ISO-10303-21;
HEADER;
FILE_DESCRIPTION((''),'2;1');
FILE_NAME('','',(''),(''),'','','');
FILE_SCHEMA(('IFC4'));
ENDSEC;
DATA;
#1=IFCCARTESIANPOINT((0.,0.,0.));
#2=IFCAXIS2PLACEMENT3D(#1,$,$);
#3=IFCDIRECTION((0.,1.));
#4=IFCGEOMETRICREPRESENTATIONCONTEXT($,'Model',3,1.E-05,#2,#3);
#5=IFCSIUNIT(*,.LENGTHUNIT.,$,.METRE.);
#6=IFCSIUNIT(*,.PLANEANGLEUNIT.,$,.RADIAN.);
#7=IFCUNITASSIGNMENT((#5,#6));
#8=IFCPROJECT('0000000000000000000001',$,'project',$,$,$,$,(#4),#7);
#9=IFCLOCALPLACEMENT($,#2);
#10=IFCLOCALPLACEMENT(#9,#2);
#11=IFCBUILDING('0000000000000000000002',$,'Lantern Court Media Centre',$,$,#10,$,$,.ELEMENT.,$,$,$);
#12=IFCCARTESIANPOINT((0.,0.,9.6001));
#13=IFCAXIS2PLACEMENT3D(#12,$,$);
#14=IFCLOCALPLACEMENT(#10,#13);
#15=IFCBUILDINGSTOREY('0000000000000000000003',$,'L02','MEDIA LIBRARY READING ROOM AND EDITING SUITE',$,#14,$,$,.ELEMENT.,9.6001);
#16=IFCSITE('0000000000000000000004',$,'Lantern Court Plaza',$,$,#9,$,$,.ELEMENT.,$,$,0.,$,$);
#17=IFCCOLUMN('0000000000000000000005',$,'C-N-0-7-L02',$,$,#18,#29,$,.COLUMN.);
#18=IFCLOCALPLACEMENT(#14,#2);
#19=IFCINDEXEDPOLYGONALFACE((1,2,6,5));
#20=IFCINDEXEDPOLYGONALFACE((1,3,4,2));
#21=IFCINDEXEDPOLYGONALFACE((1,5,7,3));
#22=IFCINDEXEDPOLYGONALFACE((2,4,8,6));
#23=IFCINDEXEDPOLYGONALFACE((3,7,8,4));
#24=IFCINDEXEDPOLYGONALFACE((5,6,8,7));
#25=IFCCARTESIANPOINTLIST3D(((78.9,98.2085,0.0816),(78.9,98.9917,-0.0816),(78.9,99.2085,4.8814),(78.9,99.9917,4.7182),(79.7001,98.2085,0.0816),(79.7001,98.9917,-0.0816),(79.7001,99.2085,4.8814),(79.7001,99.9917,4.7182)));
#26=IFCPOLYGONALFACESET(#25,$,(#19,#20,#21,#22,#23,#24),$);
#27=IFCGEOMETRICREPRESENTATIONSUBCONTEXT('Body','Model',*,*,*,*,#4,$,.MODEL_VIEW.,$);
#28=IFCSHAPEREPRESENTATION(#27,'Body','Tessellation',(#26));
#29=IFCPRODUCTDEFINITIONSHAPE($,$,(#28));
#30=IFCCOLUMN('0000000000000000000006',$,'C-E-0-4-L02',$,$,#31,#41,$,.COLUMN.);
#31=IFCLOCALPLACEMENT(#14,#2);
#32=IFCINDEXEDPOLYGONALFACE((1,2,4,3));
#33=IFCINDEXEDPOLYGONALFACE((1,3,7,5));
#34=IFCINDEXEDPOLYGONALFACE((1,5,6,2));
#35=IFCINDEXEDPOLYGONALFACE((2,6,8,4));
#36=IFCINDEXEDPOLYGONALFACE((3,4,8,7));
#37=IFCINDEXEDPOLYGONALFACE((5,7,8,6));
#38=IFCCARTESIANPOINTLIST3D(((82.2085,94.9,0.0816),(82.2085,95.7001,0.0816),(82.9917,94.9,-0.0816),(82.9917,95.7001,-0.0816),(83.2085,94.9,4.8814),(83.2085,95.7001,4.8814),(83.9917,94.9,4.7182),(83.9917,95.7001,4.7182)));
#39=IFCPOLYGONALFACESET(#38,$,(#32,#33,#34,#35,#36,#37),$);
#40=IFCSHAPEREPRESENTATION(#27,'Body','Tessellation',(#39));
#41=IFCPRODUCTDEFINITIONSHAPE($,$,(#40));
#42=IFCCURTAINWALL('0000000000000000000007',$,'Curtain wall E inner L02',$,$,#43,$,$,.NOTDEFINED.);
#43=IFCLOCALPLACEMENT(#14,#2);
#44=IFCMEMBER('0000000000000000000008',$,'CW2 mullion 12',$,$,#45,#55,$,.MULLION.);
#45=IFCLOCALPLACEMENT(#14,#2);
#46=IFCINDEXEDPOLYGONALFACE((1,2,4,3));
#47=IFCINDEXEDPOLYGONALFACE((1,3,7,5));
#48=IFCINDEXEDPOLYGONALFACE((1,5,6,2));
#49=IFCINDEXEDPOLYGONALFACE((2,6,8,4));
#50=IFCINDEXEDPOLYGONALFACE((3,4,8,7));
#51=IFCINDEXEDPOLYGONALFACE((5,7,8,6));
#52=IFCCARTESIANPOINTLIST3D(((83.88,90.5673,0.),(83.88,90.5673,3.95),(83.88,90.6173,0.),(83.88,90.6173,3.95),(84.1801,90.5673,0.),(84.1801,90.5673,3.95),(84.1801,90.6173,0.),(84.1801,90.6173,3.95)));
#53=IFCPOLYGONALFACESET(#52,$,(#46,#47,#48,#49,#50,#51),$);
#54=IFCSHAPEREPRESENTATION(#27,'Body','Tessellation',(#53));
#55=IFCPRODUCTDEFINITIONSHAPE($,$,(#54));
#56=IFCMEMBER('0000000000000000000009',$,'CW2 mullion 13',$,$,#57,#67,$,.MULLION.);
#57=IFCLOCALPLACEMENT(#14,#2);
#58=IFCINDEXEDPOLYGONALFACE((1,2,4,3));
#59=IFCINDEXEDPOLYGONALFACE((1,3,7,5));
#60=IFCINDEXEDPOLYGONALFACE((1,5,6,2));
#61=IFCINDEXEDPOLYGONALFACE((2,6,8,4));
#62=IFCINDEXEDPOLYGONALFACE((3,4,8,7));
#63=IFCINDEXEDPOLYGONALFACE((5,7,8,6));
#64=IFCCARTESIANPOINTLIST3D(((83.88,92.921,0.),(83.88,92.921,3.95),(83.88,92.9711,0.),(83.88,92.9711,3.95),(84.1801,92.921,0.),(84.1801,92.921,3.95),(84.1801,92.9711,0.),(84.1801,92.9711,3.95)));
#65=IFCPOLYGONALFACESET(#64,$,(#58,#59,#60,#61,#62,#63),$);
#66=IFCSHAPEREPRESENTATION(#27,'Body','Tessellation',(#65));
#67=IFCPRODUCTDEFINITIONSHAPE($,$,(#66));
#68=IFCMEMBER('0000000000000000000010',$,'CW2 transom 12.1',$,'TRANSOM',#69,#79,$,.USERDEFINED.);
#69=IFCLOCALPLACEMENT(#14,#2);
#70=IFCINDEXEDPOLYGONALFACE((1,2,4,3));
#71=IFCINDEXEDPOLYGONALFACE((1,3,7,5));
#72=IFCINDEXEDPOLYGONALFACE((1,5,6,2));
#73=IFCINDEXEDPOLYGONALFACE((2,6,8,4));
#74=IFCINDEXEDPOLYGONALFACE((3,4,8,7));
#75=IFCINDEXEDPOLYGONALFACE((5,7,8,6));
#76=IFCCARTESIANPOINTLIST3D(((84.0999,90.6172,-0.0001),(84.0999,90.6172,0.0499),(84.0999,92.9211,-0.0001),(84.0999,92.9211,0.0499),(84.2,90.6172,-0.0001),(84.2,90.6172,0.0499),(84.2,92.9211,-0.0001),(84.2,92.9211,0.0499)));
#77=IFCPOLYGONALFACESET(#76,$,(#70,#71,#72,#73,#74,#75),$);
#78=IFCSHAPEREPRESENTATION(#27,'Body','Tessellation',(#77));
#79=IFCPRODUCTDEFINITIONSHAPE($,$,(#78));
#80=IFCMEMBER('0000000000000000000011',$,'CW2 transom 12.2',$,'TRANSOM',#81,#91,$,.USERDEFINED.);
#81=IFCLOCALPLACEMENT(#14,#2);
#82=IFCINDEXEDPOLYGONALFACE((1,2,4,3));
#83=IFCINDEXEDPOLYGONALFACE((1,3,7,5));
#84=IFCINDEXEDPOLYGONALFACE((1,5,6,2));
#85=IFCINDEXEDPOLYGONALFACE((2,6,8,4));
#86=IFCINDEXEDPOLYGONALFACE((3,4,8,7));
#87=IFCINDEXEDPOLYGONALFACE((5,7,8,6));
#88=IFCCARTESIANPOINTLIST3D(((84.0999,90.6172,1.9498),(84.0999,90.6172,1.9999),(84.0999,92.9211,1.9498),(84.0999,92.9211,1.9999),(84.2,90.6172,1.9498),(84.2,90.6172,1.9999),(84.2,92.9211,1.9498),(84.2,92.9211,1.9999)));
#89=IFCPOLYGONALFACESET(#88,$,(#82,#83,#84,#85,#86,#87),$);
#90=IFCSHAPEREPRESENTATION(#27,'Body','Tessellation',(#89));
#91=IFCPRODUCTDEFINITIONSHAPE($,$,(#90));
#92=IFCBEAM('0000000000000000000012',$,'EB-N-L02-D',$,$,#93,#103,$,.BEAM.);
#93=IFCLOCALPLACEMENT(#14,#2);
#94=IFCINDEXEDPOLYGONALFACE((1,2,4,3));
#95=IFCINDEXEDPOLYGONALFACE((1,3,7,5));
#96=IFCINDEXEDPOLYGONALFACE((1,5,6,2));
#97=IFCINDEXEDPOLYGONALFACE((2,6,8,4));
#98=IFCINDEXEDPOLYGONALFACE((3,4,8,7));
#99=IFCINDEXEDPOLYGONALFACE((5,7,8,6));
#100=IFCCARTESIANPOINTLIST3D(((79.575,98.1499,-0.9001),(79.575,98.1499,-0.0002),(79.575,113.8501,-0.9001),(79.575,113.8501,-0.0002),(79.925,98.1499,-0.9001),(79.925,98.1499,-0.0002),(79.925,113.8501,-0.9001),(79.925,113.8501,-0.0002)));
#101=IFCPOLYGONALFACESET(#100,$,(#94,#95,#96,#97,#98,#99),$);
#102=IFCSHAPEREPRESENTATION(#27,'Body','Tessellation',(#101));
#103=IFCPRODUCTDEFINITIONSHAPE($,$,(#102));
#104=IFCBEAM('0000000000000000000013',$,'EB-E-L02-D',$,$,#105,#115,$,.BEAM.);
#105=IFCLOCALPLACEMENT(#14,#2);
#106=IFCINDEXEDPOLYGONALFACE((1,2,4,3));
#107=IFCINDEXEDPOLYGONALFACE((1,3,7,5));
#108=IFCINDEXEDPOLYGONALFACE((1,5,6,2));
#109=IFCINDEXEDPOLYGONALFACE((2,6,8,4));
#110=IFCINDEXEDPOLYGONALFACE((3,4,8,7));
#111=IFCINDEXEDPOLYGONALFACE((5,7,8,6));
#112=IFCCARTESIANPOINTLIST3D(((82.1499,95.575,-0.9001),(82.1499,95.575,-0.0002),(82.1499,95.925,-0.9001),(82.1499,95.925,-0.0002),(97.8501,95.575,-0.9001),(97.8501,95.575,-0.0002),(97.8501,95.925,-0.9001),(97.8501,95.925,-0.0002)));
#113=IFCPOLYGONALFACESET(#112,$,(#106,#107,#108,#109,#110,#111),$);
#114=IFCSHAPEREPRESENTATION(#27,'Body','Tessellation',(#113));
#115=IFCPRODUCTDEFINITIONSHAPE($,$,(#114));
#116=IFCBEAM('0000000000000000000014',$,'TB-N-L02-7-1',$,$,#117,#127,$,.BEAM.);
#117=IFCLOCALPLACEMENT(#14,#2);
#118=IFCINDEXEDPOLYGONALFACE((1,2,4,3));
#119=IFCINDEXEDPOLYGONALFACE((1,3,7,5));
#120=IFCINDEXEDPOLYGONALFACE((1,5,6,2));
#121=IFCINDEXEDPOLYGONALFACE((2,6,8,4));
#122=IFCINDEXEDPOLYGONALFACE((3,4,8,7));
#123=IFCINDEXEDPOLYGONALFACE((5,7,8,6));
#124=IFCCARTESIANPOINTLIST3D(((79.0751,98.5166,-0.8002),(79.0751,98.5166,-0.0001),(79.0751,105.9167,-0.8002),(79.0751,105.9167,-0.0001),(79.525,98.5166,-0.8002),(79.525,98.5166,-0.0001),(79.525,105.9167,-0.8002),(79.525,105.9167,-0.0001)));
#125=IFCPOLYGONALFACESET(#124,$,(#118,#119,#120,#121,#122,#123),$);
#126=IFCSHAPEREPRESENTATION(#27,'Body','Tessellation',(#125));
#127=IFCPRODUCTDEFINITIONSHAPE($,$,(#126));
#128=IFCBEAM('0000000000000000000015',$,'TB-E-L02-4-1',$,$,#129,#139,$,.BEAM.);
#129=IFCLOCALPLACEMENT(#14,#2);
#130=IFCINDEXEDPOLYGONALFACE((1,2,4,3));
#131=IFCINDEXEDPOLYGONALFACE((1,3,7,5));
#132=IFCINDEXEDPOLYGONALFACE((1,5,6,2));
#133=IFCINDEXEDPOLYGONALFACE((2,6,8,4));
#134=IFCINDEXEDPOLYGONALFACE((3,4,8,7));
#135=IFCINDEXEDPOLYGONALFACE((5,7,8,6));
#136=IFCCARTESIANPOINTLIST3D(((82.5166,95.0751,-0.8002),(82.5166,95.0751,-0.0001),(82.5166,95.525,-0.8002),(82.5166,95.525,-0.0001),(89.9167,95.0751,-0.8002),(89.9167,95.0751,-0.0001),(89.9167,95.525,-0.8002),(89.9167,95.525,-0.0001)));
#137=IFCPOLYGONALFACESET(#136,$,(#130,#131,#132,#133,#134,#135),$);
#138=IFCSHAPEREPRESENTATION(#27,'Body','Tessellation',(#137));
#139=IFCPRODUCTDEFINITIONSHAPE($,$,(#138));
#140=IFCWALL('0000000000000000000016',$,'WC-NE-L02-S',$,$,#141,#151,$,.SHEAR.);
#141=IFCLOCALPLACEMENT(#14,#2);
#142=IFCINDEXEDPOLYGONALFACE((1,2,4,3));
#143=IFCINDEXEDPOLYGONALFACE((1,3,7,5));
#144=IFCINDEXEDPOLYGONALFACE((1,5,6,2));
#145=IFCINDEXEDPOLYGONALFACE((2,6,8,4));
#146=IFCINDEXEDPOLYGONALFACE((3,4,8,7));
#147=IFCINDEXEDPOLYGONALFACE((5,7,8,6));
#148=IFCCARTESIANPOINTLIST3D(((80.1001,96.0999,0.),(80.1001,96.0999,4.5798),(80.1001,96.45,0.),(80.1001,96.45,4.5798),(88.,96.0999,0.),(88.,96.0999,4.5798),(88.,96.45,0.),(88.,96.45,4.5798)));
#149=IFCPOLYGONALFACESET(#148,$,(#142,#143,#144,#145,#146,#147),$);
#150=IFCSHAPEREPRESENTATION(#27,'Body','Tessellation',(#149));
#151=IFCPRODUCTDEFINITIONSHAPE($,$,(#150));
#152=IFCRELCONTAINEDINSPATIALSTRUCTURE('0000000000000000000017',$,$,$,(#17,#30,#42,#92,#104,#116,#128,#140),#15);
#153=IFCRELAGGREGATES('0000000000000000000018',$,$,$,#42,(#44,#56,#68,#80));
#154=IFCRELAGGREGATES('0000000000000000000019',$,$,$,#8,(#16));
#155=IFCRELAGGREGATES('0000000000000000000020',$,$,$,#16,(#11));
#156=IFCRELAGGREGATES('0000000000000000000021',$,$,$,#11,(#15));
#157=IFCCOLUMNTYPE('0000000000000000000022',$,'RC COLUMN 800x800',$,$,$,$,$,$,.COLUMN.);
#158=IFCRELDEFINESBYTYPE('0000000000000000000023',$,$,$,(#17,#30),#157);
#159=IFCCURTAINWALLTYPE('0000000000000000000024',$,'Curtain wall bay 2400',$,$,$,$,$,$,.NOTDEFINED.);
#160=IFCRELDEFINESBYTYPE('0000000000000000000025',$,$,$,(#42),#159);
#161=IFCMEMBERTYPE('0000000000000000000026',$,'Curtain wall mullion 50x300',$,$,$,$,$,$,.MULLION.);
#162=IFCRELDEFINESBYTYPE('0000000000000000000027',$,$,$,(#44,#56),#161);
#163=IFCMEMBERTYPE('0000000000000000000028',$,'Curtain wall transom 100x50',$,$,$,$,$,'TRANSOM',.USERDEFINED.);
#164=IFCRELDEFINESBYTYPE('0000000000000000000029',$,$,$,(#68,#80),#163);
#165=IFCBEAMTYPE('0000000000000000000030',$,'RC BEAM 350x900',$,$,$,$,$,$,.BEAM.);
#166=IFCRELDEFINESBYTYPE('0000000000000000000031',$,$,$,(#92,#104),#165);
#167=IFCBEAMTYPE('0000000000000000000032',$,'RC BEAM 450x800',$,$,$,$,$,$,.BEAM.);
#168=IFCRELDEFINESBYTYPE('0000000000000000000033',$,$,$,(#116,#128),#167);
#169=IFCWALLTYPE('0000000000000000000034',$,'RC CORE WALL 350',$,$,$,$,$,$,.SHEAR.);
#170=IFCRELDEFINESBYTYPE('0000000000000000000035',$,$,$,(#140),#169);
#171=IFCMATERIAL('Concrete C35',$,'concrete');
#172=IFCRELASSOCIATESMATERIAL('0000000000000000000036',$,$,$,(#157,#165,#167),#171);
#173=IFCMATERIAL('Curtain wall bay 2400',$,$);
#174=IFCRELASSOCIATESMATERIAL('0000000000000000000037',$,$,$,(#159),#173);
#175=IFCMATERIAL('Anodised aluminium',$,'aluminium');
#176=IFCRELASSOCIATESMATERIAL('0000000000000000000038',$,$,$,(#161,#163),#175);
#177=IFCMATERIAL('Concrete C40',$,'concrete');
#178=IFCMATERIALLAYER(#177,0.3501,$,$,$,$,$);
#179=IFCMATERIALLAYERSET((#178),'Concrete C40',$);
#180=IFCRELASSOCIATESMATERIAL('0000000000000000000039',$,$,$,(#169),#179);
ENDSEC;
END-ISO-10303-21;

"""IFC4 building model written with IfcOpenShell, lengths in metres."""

from ifc_helpers import new_model, si_unit, direction, frame, frame_2d, origin, origin_2d, place, context, subcontext, project, spatial, rectangle, extrude, material, layer, layer_set, material_profile, profile_set, type_object, element, aggregate, save


model = new_model("IFC4")

# Units and contexts
model_context = context("Model", 3, precision=1e-05, world=origin(), true_north=direction((0.0, 1.0)))
body_context = subcontext(model_context, "Body", "Model", "MODEL_VIEW")
ifc_project = project(units=[si_unit("LENGTHUNIT", "METRE"), si_unit("PLANEANGLEUNIT", "RADIAN")], contexts=[model_context])

# Site, building, storey
site_placement = place(None, origin())
site = spatial("IfcSite", under=ifc_project, at=site_placement, Name="Lantern Court Plaza", CompositionType="ELEMENT", RefElevation=0.0)
building_placement = place(site_placement, origin())
building = spatial("IfcBuilding", under=site, at=building_placement, Name="Lantern Court Media Centre", CompositionType="ELEMENT")
storey_placement = place(building_placement, frame((0.0, 0.0, 9.6001)))
storey = spatial("IfcBuildingStorey", under=building, at=storey_placement, Name="L02", Description="MEDIA LIBRARY READING ROOM AND EDITING SUITE", CompositionType="ELEMENT", Elevation=9.6001)

# Columns
ifc_material_1 = material(Name="Concrete C35", Category="concrete")
ifc_material_profile_1 = material_profile(ifc_material_1, rectangle(XDim=0.8, YDim=0.8, at=origin_2d()), Name="RC 800x800")
ifc_profile_set_1 = profile_set([ifc_material_profile_1], Name="Concrete C35")
column_type = type_object("IfcColumnType", Name="RC COLUMN 800x800", PredefinedType="COLUMN", material=ifc_profile_set_1)
for number, where, z_axis, x_axis, name in (
    (1, (79.3, 98.6001, 0.0), (0.0, 0.203962, 0.978979), (-1.0, 0.0, 0.0), "C-N-0-7-L02"),
    (2, (82.6001, 95.3, 0.0), (0.203962, 0.0, 0.978979), (0.0, 1.0, 0.0), "C-E-0-4-L02"),
):
    element("IfcColumn", number, at=place(storey_placement, frame(where, z_axis=z_axis, x_axis=x_axis)), inside=storey, type_object=column_type, Name=name, PredefinedType="COLUMN", context=body_context, shape_type="SweptSolid", body=[
        extrude(rectangle(XDim=0.8, YDim=0.8, at=origin_2d()), origin(), (0.0, 0.0, 1.0), 4.9028),
    ])

# Curtain wall, members
ifc_material_2 = material(Name="Curtain wall bay 2400")
curtain_wall_type = type_object("IfcCurtainWallType", Name="Curtain wall bay 2400", PredefinedType="NOTDEFINED", material=ifc_material_2)
curtain_wall_placement = place(storey_placement, origin())
curtain_wall = element("IfcCurtainWall", 3, at=curtain_wall_placement, inside=storey, type_object=curtain_wall_type, Name="Curtain wall E inner L02", PredefinedType="NOTDEFINED")
ifc_material_3 = material(Name="Anodised aluminium", Category="aluminium")
ifc_material_profile_2 = material_profile(ifc_material_3, rectangle(XDim=0.3, YDim=0.05, at=origin_2d()), Name="AL 50x300")
ifc_profile_set_2 = profile_set([ifc_material_profile_2], Name="Anodised aluminium")
member_type_1 = type_object("IfcMemberType", Name="Curtain wall mullion 50x300", PredefinedType="MULLION", material=ifc_profile_set_2)
member_1_placement = place(storey_placement, frame((84.03, 90.5923, 0.0), z_axis=(0.0, 0.0, 1.0), x_axis=(-1.0, 0.0, 0.0)))
member_1 = element("IfcMember", 4, at=member_1_placement, type_object=member_type_1, Name="CW2 mullion 12", PredefinedType="MULLION", context=body_context, shape_type="SweptSolid", body=[
    extrude(rectangle(XDim=0.3, YDim=0.05, at=origin_2d()), origin(), (0.0, 0.0, 1.0), 3.95),
])
member_2_placement = place(storey_placement, frame((84.03, 92.946, 0.0), z_axis=(0.0, 0.0, 1.0), x_axis=(-1.0, 0.0, 0.0)))
member_2 = element("IfcMember", 5, at=member_2_placement, type_object=member_type_1, Name="CW2 mullion 13", PredefinedType="MULLION", context=body_context, shape_type="SweptSolid", body=[
    extrude(rectangle(XDim=0.3, YDim=0.05, at=origin_2d()), origin(), (0.0, 0.0, 1.0), 3.95),
])
ifc_material_profile_3 = material_profile(ifc_material_3, rectangle(XDim=0.1001, YDim=0.05, at=origin_2d()), Name="AL 50x100")
ifc_profile_set_3 = profile_set([ifc_material_profile_3], Name="Anodised aluminium")
member_type_2 = type_object("IfcMemberType", Name="Curtain wall transom 100x50", ElementType="TRANSOM", PredefinedType="USERDEFINED", material=ifc_profile_set_3)
member_3_placement = place(storey_placement, frame((84.1499, 90.6172, 0.0249), z_axis=(0.0, 1.0, 0.0), x_axis=(-1.0, 0.0, 0.0)))
member_3 = element("IfcMember", 6, at=member_3_placement, type_object=member_type_2, Name="CW2 transom 12.1", ObjectType="TRANSOM", PredefinedType="USERDEFINED", context=body_context, shape_type="SweptSolid", body=[
    extrude(rectangle(XDim=0.1001, YDim=0.05, at=origin_2d()), origin(), (0.0, 0.0, 1.0), 2.304),
])
member_4_placement = place(storey_placement, frame((84.1499, 90.6172, 1.9749), z_axis=(0.0, 1.0, 0.0), x_axis=(-1.0, 0.0, 0.0)))
member_4 = element("IfcMember", 7, at=member_4_placement, type_object=member_type_2, Name="CW2 transom 12.2", ObjectType="TRANSOM", PredefinedType="USERDEFINED", context=body_context, shape_type="SweptSolid", body=[
    extrude(rectangle(XDim=0.1001, YDim=0.05, at=origin_2d()), origin(), (0.0, 0.0, 1.0), 2.304),
])
aggregate(curtain_wall, [member_1, member_2, member_3, member_4])

# Beams
ifc_material_profile_4 = material_profile(ifc_material_1, rectangle(XDim=0.3501, YDim=0.8999, at=origin_2d()), Name="RC 350x900")
ifc_profile_set_4 = profile_set([ifc_material_profile_4], Name="Concrete C35")
beam_type_1 = type_object("IfcBeamType", Name="RC BEAM 350x900", PredefinedType="BEAM", material=ifc_profile_set_4)
for number, where, z_axis, x_axis, name in (
    (8, (79.75, 98.1499, -0.4502), (0.0, 1.0, 0.0), (-1.0, 0.0, 0.0), "EB-N-L02-D"),
    (9, (82.1499, 95.75, -0.4502), (1.0, 0.0, 0.0), (0.0, 1.0, 0.0), "EB-E-L02-D"),
):
    element("IfcBeam", number, at=place(storey_placement, frame(where, z_axis=z_axis, x_axis=x_axis)), inside=storey, type_object=beam_type_1, Name=name, PredefinedType="BEAM", context=body_context, shape_type="SweptSolid", body=[
        extrude(rectangle(XDim=0.3501, YDim=0.8999, at=origin_2d()), origin(), (0.0, 0.0, 1.0), 15.7002),
    ])
ifc_material_profile_5 = material_profile(ifc_material_1, rectangle(XDim=0.45, YDim=0.8, at=origin_2d()), Name="RC 450x800")
ifc_profile_set_5 = profile_set([ifc_material_profile_5], Name="Concrete C35")
beam_type_2 = type_object("IfcBeamType", Name="RC BEAM 450x800", PredefinedType="BEAM", material=ifc_profile_set_5)
for number, where, z_axis, x_axis, name in (
    (10, (79.3, 98.5166, -0.4001), (0.0, 1.0, 0.0), (-1.0, 0.0, 0.0), "TB-N-L02-7-1"),
    (11, (82.5166, 95.3, -0.4001), (1.0, 0.0, 0.0), (0.0, 1.0, 0.0), "TB-E-L02-4-1"),
):
    element("IfcBeam", number, at=place(storey_placement, frame(where, z_axis=z_axis, x_axis=x_axis)), inside=storey, type_object=beam_type_2, Name=name, PredefinedType="BEAM", context=body_context, shape_type="SweptSolid", body=[
        extrude(rectangle(XDim=0.45, YDim=0.8, at=origin_2d()), origin(), (0.0, 0.0, 1.0), 7.4001),
    ])

# Wall
ifc_material_4 = material(Name="Concrete C40", Category="concrete")
ifc_layer_1 = layer(ifc_material_4, 0.3501)
ifc_layer_set_1 = layer_set([ifc_layer_1], Name="Concrete C40")
wall_type_1 = type_object("IfcWallType", Name="RC CORE WALL 350", PredefinedType="SHEAR", material=ifc_layer_set_1)
wall_1_placement = place(storey_placement, frame((80.1001, 96.2749, 0.0), z_axis=(0.0, 0.0, 1.0), x_axis=(1.0, 0.0, 0.0)))
element("IfcWall", 12, at=wall_1_placement, inside=storey, type_object=wall_type_1, Name="WC-NE-L02-S", PredefinedType="SHEAR", context=body_context, shape_type="SweptSolid", body=[
    extrude(rectangle(XDim=7.8999, YDim=0.3501, at=frame_2d((3.95, 0.0))), origin(), (0.0, 0.0, 1.0), 4.5798),
])

save(model, "model.ifc")
